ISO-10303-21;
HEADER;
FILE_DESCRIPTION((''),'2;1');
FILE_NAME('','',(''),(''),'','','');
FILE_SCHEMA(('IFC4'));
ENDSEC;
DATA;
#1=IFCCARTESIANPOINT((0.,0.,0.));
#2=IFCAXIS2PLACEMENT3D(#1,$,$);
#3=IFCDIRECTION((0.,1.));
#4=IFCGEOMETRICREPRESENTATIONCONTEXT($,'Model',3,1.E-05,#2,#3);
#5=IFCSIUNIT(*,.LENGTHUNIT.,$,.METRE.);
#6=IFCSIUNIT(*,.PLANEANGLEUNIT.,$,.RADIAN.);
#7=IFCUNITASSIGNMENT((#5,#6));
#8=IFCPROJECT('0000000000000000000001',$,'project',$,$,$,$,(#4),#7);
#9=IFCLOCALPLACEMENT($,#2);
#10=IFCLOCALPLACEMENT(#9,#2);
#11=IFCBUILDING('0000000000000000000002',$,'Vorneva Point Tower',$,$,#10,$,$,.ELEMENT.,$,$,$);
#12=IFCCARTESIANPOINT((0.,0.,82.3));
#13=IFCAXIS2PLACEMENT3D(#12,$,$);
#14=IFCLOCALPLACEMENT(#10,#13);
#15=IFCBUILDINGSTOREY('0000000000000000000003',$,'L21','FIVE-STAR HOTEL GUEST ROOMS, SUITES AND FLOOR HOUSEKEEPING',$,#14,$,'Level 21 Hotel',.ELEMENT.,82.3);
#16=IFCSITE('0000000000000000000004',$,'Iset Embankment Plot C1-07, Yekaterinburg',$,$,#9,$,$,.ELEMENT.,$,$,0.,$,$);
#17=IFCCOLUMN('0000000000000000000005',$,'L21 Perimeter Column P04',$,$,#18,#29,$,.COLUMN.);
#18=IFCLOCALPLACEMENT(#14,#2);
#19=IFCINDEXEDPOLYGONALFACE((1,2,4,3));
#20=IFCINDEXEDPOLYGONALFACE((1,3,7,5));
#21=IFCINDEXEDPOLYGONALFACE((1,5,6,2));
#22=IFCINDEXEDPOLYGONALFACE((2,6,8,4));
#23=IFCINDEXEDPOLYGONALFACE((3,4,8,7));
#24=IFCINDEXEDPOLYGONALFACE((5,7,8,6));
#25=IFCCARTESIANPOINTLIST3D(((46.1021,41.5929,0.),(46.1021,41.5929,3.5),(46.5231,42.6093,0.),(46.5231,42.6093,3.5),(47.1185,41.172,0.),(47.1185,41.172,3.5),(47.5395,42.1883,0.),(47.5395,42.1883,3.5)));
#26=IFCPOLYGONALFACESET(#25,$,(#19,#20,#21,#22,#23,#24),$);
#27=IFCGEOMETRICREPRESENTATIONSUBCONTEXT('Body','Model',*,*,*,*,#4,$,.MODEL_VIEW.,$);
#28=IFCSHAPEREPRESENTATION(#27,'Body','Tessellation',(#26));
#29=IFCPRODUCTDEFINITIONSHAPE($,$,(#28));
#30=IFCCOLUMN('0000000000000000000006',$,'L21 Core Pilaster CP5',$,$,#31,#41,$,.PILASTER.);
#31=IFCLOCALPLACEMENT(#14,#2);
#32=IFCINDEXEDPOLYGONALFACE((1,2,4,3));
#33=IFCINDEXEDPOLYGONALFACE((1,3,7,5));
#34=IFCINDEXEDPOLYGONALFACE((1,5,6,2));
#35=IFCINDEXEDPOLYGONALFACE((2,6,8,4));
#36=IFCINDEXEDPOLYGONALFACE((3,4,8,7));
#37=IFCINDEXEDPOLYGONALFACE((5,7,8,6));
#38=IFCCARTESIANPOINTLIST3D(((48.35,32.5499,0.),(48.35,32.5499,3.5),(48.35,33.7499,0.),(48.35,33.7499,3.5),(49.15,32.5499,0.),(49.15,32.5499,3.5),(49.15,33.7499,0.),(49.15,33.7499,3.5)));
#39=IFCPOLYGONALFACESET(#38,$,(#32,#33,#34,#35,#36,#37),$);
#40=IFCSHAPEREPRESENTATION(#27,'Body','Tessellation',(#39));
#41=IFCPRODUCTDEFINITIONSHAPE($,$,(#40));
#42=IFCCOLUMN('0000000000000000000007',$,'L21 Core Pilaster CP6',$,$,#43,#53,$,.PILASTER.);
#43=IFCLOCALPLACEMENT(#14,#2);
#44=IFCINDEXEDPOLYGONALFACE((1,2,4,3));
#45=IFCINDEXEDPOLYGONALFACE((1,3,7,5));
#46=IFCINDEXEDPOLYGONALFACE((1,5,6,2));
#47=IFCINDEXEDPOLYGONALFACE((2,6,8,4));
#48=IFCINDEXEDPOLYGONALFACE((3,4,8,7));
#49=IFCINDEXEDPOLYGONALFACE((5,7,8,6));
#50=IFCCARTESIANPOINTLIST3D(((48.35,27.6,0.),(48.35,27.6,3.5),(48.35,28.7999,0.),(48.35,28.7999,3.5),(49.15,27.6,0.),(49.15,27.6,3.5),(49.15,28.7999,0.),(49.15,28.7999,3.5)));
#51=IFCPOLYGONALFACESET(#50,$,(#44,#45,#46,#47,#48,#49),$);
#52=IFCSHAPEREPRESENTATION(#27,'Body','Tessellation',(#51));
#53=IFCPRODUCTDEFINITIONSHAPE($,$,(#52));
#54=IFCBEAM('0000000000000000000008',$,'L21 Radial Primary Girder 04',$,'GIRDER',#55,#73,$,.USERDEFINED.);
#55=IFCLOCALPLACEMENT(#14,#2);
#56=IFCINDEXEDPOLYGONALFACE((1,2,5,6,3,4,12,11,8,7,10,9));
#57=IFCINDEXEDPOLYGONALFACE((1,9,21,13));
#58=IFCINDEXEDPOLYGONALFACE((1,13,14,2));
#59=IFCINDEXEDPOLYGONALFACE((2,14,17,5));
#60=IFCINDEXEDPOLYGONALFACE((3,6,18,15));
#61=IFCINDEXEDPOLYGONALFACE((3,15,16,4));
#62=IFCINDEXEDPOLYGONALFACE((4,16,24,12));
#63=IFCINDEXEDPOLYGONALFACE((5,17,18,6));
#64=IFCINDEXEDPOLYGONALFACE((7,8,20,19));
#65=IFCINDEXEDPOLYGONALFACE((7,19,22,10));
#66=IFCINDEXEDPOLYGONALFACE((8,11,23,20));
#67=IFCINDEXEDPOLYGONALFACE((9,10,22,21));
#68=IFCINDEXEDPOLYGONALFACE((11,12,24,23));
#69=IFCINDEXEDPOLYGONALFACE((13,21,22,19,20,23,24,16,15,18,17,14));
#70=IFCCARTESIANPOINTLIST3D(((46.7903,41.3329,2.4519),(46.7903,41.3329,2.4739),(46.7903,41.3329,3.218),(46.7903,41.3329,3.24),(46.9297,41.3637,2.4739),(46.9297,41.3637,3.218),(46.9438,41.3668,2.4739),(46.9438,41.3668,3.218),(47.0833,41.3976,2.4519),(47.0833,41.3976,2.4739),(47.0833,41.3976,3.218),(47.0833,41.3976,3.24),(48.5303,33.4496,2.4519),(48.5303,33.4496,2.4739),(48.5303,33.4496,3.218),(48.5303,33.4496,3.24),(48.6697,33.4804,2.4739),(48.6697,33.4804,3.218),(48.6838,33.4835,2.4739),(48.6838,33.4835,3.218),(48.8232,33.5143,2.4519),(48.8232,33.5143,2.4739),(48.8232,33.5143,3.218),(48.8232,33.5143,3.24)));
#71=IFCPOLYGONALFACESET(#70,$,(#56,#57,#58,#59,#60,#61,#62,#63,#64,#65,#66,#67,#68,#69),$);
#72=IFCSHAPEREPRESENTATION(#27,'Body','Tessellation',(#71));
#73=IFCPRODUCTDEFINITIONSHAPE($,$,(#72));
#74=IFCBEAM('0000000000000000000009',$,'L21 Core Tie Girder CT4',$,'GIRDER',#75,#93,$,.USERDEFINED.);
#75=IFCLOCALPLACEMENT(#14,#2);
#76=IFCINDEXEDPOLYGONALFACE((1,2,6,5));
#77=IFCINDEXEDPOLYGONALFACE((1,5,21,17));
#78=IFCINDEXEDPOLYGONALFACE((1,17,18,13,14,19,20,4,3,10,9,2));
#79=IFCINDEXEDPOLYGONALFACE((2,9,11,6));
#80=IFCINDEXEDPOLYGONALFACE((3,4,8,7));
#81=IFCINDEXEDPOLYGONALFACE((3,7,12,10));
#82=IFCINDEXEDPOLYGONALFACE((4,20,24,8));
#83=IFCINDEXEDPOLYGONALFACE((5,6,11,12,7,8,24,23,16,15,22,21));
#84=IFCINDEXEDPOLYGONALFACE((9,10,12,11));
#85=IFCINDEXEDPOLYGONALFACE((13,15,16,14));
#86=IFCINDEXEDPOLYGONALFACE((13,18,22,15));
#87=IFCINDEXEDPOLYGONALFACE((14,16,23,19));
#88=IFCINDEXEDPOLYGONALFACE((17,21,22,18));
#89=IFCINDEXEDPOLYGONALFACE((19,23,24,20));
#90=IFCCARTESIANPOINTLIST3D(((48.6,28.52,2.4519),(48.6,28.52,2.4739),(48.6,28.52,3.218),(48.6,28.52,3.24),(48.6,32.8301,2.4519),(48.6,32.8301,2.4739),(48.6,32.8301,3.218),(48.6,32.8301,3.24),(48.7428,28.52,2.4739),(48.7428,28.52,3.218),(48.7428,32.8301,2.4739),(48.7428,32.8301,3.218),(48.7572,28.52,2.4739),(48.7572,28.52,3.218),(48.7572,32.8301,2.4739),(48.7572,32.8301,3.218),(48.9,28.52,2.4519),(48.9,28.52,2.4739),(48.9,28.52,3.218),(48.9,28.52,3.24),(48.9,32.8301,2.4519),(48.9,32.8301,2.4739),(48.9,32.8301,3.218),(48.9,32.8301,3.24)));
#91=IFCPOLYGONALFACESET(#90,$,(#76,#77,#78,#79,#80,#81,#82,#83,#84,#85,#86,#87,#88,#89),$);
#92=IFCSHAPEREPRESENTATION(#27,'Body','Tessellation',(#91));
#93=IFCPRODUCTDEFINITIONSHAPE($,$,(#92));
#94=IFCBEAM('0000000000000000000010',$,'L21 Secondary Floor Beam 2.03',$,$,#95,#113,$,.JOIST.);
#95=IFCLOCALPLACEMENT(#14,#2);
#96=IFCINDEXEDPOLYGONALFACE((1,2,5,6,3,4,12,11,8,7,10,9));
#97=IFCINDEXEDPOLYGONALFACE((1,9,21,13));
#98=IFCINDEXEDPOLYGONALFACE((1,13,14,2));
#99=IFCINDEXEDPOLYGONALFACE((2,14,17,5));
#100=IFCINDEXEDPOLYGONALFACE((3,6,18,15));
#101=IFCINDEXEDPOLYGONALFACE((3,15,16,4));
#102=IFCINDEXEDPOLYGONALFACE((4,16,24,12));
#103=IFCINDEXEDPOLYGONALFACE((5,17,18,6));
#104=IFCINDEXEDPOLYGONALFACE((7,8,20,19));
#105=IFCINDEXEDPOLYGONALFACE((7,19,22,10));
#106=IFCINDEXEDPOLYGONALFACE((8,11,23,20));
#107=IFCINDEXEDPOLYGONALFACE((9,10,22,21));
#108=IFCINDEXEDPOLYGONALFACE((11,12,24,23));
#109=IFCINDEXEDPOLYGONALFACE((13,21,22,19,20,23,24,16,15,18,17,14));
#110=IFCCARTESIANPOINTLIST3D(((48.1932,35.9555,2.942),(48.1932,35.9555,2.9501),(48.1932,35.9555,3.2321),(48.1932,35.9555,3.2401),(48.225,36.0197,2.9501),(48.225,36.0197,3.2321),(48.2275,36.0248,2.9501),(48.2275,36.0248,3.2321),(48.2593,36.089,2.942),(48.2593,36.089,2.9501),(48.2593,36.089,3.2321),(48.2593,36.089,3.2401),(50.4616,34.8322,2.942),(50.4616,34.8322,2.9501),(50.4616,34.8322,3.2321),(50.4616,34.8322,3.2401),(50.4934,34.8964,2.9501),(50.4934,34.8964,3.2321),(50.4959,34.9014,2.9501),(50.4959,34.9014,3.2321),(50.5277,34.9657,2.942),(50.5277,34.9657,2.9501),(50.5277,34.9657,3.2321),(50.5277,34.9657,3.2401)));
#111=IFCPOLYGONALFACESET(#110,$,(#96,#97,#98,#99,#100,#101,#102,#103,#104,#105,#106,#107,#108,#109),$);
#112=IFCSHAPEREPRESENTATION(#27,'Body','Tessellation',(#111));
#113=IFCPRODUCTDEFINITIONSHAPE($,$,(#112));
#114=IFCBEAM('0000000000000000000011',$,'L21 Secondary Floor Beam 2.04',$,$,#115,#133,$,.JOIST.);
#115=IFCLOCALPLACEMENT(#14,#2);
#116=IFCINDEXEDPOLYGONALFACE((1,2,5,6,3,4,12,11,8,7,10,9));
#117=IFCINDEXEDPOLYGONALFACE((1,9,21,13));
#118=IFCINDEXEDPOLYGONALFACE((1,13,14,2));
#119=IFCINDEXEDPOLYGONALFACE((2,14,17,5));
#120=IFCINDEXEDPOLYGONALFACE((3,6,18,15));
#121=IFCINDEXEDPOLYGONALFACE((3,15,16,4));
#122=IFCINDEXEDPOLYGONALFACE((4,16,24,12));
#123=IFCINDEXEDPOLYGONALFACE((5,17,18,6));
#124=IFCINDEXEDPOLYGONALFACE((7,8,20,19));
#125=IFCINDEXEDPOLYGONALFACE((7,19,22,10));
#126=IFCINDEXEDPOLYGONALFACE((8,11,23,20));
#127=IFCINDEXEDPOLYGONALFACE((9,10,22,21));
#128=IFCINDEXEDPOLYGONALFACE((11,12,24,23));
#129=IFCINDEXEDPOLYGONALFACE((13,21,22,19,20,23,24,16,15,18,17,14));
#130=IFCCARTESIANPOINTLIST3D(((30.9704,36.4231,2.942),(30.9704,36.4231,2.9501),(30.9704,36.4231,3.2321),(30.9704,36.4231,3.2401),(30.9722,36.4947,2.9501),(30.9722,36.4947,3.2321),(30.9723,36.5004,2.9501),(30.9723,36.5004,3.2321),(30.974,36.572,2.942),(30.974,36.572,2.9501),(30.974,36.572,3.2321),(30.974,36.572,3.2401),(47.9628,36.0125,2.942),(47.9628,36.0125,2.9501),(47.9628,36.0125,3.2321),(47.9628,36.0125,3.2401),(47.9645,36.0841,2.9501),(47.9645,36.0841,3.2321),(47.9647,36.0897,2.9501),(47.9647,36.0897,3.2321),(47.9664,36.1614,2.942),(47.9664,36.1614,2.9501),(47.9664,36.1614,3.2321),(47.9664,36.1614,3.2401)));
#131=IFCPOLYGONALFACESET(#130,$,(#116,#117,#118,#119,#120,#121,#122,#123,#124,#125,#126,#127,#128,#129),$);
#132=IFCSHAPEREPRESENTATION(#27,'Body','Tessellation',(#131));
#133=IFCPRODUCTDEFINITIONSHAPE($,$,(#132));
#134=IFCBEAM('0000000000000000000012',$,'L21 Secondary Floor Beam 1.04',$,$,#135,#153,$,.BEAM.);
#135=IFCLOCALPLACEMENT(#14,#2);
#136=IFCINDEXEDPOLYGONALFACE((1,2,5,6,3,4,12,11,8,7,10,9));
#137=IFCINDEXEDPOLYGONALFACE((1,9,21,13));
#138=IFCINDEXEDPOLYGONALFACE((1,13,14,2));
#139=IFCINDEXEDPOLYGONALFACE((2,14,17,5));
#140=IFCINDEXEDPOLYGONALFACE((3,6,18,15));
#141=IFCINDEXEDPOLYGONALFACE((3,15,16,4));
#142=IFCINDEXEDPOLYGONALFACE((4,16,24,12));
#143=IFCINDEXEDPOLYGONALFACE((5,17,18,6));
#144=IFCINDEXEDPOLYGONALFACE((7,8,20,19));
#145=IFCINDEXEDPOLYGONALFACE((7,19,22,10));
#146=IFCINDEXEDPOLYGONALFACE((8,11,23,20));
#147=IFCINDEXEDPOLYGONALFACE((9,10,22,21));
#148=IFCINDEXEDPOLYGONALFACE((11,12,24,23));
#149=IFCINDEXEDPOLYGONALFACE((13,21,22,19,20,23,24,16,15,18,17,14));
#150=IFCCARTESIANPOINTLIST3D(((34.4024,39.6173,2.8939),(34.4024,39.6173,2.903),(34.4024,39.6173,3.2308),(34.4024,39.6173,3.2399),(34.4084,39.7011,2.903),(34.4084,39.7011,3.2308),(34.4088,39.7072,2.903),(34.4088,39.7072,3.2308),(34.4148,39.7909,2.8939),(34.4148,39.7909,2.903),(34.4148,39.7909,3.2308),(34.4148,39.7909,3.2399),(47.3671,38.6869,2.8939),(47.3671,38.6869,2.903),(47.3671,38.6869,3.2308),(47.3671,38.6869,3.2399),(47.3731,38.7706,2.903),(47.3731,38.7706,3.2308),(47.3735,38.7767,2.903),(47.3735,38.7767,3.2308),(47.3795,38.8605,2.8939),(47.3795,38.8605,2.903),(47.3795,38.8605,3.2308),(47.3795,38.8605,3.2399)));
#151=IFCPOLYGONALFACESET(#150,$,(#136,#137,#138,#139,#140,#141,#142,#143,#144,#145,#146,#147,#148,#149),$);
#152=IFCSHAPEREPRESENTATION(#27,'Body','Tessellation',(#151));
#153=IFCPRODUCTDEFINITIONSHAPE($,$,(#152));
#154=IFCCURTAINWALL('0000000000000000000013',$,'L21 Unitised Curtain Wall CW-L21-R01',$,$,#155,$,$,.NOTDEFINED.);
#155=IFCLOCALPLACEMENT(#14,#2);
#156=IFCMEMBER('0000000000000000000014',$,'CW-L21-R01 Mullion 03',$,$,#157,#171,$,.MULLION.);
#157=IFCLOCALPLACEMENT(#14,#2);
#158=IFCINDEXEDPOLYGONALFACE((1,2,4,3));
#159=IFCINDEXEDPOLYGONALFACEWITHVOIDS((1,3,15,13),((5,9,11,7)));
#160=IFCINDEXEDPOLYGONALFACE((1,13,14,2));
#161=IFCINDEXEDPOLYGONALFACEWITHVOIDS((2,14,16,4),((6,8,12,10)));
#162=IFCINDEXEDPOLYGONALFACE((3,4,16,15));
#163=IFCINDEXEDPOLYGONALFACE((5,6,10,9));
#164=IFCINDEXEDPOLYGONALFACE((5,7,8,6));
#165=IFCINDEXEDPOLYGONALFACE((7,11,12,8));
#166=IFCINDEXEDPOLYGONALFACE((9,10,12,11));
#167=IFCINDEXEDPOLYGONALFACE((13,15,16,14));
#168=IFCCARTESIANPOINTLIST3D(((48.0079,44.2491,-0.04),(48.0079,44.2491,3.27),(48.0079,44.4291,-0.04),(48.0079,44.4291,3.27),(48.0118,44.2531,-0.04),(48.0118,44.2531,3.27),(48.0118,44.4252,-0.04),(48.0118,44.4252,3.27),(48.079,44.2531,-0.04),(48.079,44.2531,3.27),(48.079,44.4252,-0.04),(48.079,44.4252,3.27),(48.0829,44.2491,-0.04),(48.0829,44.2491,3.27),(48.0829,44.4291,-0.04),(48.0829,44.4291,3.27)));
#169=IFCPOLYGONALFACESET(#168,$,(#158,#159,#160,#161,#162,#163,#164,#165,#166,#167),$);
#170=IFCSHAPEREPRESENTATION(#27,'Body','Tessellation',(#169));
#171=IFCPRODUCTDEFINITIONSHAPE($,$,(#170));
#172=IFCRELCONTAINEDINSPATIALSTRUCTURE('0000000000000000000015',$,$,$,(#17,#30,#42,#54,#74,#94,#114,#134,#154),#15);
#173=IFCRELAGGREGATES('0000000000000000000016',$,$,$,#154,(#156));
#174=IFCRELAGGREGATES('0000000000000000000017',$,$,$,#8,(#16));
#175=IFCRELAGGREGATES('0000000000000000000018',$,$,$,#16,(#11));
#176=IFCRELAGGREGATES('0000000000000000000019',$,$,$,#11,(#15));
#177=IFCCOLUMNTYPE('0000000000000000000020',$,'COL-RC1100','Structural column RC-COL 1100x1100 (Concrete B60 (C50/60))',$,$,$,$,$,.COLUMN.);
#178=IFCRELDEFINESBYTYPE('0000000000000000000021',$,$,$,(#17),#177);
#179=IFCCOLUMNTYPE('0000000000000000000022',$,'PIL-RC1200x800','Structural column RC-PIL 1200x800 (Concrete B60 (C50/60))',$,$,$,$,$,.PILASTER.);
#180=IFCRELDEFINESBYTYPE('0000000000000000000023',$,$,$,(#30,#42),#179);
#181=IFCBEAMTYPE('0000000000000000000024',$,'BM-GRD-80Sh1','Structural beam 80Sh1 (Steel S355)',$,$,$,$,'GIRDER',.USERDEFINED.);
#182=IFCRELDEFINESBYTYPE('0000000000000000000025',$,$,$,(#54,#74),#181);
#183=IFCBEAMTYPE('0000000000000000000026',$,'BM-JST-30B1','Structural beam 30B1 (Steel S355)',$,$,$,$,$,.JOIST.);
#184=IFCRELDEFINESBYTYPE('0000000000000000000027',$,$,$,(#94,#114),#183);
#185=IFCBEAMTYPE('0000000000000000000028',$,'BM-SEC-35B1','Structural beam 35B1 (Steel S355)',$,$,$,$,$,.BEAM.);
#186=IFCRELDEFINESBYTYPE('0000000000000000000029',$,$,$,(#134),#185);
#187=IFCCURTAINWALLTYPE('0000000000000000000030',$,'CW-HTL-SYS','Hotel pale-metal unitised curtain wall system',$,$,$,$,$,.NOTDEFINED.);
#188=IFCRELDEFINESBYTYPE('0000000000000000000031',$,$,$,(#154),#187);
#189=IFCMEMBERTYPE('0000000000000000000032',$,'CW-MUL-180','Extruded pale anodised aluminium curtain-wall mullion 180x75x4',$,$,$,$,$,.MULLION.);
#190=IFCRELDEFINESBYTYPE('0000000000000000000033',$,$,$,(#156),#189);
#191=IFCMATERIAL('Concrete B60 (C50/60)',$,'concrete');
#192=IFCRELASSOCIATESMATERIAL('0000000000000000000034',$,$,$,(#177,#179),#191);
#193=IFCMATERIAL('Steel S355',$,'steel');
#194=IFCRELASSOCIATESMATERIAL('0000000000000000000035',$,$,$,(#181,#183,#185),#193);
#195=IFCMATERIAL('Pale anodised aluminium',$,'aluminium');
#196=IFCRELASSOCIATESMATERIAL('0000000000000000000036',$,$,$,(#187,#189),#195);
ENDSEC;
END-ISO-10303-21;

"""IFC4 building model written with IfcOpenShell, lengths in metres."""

from ifc_helpers import new_model, si_unit, direction, frame, origin, origin_2d, place, context, subcontext, project, spatial, rectangle, hollow_rectangle, i_section, extrude, material, material_profile, profile_set, type_object, element, aggregate, save


model = new_model("IFC4")

# Units and contexts
model_context = context("Model", 3, precision=1e-05, world=origin(), true_north=direction((0.0, 1.0)))
body_context = subcontext(model_context, "Body", "Model", "MODEL_VIEW")
ifc_project = project(units=[si_unit("LENGTHUNIT", "METRE"), si_unit("PLANEANGLEUNIT", "RADIAN")], contexts=[model_context])

# Site, building, storey
site_placement = place(None, origin())
site = spatial("IfcSite", under=ifc_project, at=site_placement, Name="Iset Embankment Plot C1-07, Yekaterinburg", CompositionType="ELEMENT", RefElevation=0.0)
building_placement = place(site_placement, origin())
building = spatial("IfcBuilding", under=site, at=building_placement, Name="Vorneva Point Tower", CompositionType="ELEMENT")
storey_placement = place(building_placement, frame((0.0, 0.0, 82.3)))
storey = spatial("IfcBuildingStorey", under=building, at=storey_placement, Name="L21", Description="FIVE-STAR HOTEL GUEST ROOMS, SUITES AND FLOOR HOUSEKEEPING", LongName="Level 21 Hotel", CompositionType="ELEMENT", Elevation=82.3)

# Columns
ifc_material_1 = material(Name="Concrete B60 (C50/60)", Category="concrete")
ifc_material_profile_1 = material_profile(ifc_material_1, rectangle(XDim=1.1001, YDim=1.1001, at=origin_2d()), Name="RC-COL 1100x1100")
ifc_profile_set_1 = profile_set([ifc_material_profile_1], Name="Concrete B60 (C50/60)")
column_type_1 = type_object("IfcColumnType", Name="COL-RC1100", Description="Structural column RC-COL 1100x1100 (Concrete B60 (C50/60))", PredefinedType="COLUMN", material=ifc_profile_set_1)
column_placement = place(storey_placement, frame((46.8208, 41.8906, 0.0), z_axis=(0.0, 0.0, 1.0), x_axis=(0.382683, 0.92388, 0.0)))
element("IfcColumn", 1, at=column_placement, inside=storey, type_object=column_type_1, Name="L21 Perimeter Column P04", PredefinedType="COLUMN", context=body_context, shape_type="SweptSolid", body=[
    extrude(rectangle(XDim=1.1001, YDim=1.1001, at=origin_2d()), origin(), (0.0, 0.0, 1.0), 3.5),
])
ifc_material_profile_2 = material_profile(ifc_material_1, rectangle(XDim=0.8, YDim=1.2, at=origin_2d()), Name="RC-PIL 1200x800")
ifc_profile_set_2 = profile_set([ifc_material_profile_2], Name="Concrete B60 (C50/60)")
column_type_2 = type_object("IfcColumnType", Name="PIL-RC1200x800", Description="Structural column RC-PIL 1200x800 (Concrete B60 (C50/60))", PredefinedType="PILASTER", material=ifc_profile_set_2)
for number, where, z_axis, x_axis, name in (
    (2, (48.75, 33.1499, 0.0), (0.0, 0.0, 1.0), (1.0, 0.0, 0.0), "L21 Core Pilaster CP5"),
    (3, (48.75, 28.2, 0.0), (0.0, 0.0, 1.0), (1.0, 0.0, 0.0), "L21 Core Pilaster CP6"),
):
    element("IfcColumn", number, at=place(storey_placement, frame(where, z_axis=z_axis, x_axis=x_axis)), inside=storey, type_object=column_type_2, Name=name, PredefinedType="PILASTER", context=body_context, shape_type="SweptSolid", body=[
        extrude(rectangle(XDim=0.8, YDim=1.2, at=origin_2d()), origin(), (0.0, 0.0, 1.0), 3.5),
    ])

# Beams
ifc_material_2 = material(Name="Steel S355", Category="steel")
ifc_material_profile_3 = material_profile(ifc_material_2, i_section(OverallWidth=0.3, OverallDepth=0.7881, WebThickness=0.0144, FlangeThickness=0.022, at=origin_2d()), Name="80Sh1")
ifc_profile_set_3 = profile_set([ifc_material_profile_3], Name="Steel S355")
beam_type_1 = type_object("IfcBeamType", Name="BM-GRD-80Sh1", Description="Structural beam 80Sh1 (Steel S355)", ElementType="GIRDER", PredefinedType="USERDEFINED", material=ifc_profile_set_3)
beam_1_placement = place(storey_placement, frame((46.9368, 41.3652, 2.8459), z_axis=(0.215531, -0.976497, 0.0), x_axis=(0.976497, 0.215531, 0.0)))
element("IfcBeam", 4, at=beam_1_placement, inside=storey, type_object=beam_type_1, Name="L21 Radial Primary Girder 04", ObjectType="GIRDER", PredefinedType="USERDEFINED", context=body_context, shape_type="SweptSolid", body=[
    extrude(i_section(OverallWidth=0.3, OverallDepth=0.7881, WebThickness=0.0144, FlangeThickness=0.022, at=origin_2d()), origin(), (0.0, 0.0, 1.0), 8.073),
])
beam_2_placement = place(storey_placement, frame((48.75, 28.52, 2.8459), z_axis=(0.0, 1.0, 0.0), x_axis=(-1.0, 0.0, 0.0)))
element("IfcBeam", 5, at=beam_2_placement, inside=storey, type_object=beam_type_1, Name="L21 Core Tie Girder CT4", ObjectType="GIRDER", PredefinedType="USERDEFINED", context=body_context, shape_type="SweptSolid", body=[
    extrude(i_section(OverallWidth=0.3, OverallDepth=0.7881, WebThickness=0.0144, FlangeThickness=0.022, at=origin_2d()), origin(), (0.0, 0.0, 1.0), 4.3101),
])
ifc_material_profile_4 = material_profile(ifc_material_2, i_section(OverallWidth=0.1489, OverallDepth=0.2981, WebThickness=0.0056, FlangeThickness=0.0081, at=origin_2d()), Name="30B1")
ifc_profile_set_4 = profile_set([ifc_material_profile_4], Name="Steel S355")
beam_type_2 = type_object("IfcBeamType", Name="BM-JST-30B1", Description="Structural beam 30B1 (Steel S355)", PredefinedType="JOIST", material=ifc_profile_set_4)
beam_3_placement = place(storey_placement, frame((50.4946, 34.8989, 3.0911), z_axis=(-0.896137, 0.443777, 0.0), x_axis=(-0.443777, -0.896137, 0.0)))
element("IfcBeam", 6, at=beam_3_placement, inside=storey, type_object=beam_type_2, Name="L21 Secondary Floor Beam 2.03", PredefinedType="JOIST", context=body_context, shape_type="SweptSolid", body=[
    extrude(i_section(OverallWidth=0.1489, OverallDepth=0.2981, WebThickness=0.0056, FlangeThickness=0.0081, at=origin_2d()), origin(), (0.0, 0.0, 1.0), 2.5312),
])
beam_4_placement = place(storey_placement, frame((47.9646, 36.0869, 3.0911), z_axis=(-0.999708, 0.024159, 0.0), x_axis=(-0.024159, -0.999708, 0.0)))
element("IfcBeam", 7, at=beam_4_placement, inside=storey, type_object=beam_type_2, Name="L21 Secondary Floor Beam 2.04", PredefinedType="JOIST", context=body_context, shape_type="SweptSolid", body=[
    extrude(i_section(OverallWidth=0.1489, OverallDepth=0.2981, WebThickness=0.0056, FlangeThickness=0.0081, at=origin_2d()), origin(), (0.0, 0.0, 1.0), 16.9973),
])
ifc_material_profile_5 = material_profile(ifc_material_2, i_section(OverallWidth=0.1741, OverallDepth=0.3459, WebThickness=0.0061, FlangeThickness=0.009, at=origin_2d()), Name="35B1")
ifc_profile_set_5 = profile_set([ifc_material_profile_5], Name="Steel S355")
beam_type_3 = type_object("IfcBeamType", Name="BM-SEC-35B1", Description="Structural beam 35B1 (Steel S355)", PredefinedType="BEAM", material=ifc_profile_set_5)
beam_5_placement = place(storey_placement, frame((47.3733, 38.7737, 3.0669), z_axis=(-0.997435, 0.071582, 0.0), x_axis=(-0.071582, -0.997435, 0.0)))
element("IfcBeam", 8, at=beam_5_placement, inside=storey, type_object=beam_type_3, Name="L21 Secondary Floor Beam 1.04", PredefinedType="BEAM", context=body_context, shape_type="SweptSolid", body=[
    extrude(i_section(OverallWidth=0.1741, OverallDepth=0.3459, WebThickness=0.0061, FlangeThickness=0.009, at=origin_2d()), origin(), (0.0, 0.0, 1.0), 12.998),
])

# Curtain wall, member
ifc_material_3 = material(Name="Pale anodised aluminium", Category="aluminium")
curtain_wall_type = type_object("IfcCurtainWallType", Name="CW-HTL-SYS", Description="Hotel pale-metal unitised curtain wall system", PredefinedType="NOTDEFINED", material=ifc_material_3)
curtain_wall_placement = place(storey_placement, origin())
curtain_wall = element("IfcCurtainWall", 9, at=curtain_wall_placement, inside=storey, type_object=curtain_wall_type, Name="L21 Unitised Curtain Wall CW-L21-R01", PredefinedType="NOTDEFINED")
ifc_material_profile_6 = material_profile(ifc_material_3, hollow_rectangle(XDim=0.075, YDim=0.1799, WallThickness=0.0039, at=origin_2d()), Name="AL-MUL 180x75x4")
ifc_profile_set_6 = profile_set([ifc_material_profile_6], Name="Pale anodised aluminium")
member_type_1 = type_object("IfcMemberType", Name="CW-MUL-180", Description="Extruded pale anodised aluminium curtain-wall mullion 180x75x4", PredefinedType="MULLION", material=ifc_profile_set_6)
member_1_placement = place(storey_placement, frame((48.0454, 44.3391, -0.04), z_axis=(0.0, 0.0, 1.0), x_axis=(1.0, 0.0, 0.0)))
member_1 = element("IfcMember", 10, at=member_1_placement, type_object=member_type_1, Name="CW-L21-R01 Mullion 03", PredefinedType="MULLION", context=body_context, shape_type="SweptSolid", body=[
    extrude(hollow_rectangle(XDim=0.075, YDim=0.1799, WallThickness=0.0039, at=origin_2d()), origin(), (0.0, 0.0, 1.0), 3.3101),
])
aggregate(curtain_wall, [member_1])

save(model, "model.ifc")
